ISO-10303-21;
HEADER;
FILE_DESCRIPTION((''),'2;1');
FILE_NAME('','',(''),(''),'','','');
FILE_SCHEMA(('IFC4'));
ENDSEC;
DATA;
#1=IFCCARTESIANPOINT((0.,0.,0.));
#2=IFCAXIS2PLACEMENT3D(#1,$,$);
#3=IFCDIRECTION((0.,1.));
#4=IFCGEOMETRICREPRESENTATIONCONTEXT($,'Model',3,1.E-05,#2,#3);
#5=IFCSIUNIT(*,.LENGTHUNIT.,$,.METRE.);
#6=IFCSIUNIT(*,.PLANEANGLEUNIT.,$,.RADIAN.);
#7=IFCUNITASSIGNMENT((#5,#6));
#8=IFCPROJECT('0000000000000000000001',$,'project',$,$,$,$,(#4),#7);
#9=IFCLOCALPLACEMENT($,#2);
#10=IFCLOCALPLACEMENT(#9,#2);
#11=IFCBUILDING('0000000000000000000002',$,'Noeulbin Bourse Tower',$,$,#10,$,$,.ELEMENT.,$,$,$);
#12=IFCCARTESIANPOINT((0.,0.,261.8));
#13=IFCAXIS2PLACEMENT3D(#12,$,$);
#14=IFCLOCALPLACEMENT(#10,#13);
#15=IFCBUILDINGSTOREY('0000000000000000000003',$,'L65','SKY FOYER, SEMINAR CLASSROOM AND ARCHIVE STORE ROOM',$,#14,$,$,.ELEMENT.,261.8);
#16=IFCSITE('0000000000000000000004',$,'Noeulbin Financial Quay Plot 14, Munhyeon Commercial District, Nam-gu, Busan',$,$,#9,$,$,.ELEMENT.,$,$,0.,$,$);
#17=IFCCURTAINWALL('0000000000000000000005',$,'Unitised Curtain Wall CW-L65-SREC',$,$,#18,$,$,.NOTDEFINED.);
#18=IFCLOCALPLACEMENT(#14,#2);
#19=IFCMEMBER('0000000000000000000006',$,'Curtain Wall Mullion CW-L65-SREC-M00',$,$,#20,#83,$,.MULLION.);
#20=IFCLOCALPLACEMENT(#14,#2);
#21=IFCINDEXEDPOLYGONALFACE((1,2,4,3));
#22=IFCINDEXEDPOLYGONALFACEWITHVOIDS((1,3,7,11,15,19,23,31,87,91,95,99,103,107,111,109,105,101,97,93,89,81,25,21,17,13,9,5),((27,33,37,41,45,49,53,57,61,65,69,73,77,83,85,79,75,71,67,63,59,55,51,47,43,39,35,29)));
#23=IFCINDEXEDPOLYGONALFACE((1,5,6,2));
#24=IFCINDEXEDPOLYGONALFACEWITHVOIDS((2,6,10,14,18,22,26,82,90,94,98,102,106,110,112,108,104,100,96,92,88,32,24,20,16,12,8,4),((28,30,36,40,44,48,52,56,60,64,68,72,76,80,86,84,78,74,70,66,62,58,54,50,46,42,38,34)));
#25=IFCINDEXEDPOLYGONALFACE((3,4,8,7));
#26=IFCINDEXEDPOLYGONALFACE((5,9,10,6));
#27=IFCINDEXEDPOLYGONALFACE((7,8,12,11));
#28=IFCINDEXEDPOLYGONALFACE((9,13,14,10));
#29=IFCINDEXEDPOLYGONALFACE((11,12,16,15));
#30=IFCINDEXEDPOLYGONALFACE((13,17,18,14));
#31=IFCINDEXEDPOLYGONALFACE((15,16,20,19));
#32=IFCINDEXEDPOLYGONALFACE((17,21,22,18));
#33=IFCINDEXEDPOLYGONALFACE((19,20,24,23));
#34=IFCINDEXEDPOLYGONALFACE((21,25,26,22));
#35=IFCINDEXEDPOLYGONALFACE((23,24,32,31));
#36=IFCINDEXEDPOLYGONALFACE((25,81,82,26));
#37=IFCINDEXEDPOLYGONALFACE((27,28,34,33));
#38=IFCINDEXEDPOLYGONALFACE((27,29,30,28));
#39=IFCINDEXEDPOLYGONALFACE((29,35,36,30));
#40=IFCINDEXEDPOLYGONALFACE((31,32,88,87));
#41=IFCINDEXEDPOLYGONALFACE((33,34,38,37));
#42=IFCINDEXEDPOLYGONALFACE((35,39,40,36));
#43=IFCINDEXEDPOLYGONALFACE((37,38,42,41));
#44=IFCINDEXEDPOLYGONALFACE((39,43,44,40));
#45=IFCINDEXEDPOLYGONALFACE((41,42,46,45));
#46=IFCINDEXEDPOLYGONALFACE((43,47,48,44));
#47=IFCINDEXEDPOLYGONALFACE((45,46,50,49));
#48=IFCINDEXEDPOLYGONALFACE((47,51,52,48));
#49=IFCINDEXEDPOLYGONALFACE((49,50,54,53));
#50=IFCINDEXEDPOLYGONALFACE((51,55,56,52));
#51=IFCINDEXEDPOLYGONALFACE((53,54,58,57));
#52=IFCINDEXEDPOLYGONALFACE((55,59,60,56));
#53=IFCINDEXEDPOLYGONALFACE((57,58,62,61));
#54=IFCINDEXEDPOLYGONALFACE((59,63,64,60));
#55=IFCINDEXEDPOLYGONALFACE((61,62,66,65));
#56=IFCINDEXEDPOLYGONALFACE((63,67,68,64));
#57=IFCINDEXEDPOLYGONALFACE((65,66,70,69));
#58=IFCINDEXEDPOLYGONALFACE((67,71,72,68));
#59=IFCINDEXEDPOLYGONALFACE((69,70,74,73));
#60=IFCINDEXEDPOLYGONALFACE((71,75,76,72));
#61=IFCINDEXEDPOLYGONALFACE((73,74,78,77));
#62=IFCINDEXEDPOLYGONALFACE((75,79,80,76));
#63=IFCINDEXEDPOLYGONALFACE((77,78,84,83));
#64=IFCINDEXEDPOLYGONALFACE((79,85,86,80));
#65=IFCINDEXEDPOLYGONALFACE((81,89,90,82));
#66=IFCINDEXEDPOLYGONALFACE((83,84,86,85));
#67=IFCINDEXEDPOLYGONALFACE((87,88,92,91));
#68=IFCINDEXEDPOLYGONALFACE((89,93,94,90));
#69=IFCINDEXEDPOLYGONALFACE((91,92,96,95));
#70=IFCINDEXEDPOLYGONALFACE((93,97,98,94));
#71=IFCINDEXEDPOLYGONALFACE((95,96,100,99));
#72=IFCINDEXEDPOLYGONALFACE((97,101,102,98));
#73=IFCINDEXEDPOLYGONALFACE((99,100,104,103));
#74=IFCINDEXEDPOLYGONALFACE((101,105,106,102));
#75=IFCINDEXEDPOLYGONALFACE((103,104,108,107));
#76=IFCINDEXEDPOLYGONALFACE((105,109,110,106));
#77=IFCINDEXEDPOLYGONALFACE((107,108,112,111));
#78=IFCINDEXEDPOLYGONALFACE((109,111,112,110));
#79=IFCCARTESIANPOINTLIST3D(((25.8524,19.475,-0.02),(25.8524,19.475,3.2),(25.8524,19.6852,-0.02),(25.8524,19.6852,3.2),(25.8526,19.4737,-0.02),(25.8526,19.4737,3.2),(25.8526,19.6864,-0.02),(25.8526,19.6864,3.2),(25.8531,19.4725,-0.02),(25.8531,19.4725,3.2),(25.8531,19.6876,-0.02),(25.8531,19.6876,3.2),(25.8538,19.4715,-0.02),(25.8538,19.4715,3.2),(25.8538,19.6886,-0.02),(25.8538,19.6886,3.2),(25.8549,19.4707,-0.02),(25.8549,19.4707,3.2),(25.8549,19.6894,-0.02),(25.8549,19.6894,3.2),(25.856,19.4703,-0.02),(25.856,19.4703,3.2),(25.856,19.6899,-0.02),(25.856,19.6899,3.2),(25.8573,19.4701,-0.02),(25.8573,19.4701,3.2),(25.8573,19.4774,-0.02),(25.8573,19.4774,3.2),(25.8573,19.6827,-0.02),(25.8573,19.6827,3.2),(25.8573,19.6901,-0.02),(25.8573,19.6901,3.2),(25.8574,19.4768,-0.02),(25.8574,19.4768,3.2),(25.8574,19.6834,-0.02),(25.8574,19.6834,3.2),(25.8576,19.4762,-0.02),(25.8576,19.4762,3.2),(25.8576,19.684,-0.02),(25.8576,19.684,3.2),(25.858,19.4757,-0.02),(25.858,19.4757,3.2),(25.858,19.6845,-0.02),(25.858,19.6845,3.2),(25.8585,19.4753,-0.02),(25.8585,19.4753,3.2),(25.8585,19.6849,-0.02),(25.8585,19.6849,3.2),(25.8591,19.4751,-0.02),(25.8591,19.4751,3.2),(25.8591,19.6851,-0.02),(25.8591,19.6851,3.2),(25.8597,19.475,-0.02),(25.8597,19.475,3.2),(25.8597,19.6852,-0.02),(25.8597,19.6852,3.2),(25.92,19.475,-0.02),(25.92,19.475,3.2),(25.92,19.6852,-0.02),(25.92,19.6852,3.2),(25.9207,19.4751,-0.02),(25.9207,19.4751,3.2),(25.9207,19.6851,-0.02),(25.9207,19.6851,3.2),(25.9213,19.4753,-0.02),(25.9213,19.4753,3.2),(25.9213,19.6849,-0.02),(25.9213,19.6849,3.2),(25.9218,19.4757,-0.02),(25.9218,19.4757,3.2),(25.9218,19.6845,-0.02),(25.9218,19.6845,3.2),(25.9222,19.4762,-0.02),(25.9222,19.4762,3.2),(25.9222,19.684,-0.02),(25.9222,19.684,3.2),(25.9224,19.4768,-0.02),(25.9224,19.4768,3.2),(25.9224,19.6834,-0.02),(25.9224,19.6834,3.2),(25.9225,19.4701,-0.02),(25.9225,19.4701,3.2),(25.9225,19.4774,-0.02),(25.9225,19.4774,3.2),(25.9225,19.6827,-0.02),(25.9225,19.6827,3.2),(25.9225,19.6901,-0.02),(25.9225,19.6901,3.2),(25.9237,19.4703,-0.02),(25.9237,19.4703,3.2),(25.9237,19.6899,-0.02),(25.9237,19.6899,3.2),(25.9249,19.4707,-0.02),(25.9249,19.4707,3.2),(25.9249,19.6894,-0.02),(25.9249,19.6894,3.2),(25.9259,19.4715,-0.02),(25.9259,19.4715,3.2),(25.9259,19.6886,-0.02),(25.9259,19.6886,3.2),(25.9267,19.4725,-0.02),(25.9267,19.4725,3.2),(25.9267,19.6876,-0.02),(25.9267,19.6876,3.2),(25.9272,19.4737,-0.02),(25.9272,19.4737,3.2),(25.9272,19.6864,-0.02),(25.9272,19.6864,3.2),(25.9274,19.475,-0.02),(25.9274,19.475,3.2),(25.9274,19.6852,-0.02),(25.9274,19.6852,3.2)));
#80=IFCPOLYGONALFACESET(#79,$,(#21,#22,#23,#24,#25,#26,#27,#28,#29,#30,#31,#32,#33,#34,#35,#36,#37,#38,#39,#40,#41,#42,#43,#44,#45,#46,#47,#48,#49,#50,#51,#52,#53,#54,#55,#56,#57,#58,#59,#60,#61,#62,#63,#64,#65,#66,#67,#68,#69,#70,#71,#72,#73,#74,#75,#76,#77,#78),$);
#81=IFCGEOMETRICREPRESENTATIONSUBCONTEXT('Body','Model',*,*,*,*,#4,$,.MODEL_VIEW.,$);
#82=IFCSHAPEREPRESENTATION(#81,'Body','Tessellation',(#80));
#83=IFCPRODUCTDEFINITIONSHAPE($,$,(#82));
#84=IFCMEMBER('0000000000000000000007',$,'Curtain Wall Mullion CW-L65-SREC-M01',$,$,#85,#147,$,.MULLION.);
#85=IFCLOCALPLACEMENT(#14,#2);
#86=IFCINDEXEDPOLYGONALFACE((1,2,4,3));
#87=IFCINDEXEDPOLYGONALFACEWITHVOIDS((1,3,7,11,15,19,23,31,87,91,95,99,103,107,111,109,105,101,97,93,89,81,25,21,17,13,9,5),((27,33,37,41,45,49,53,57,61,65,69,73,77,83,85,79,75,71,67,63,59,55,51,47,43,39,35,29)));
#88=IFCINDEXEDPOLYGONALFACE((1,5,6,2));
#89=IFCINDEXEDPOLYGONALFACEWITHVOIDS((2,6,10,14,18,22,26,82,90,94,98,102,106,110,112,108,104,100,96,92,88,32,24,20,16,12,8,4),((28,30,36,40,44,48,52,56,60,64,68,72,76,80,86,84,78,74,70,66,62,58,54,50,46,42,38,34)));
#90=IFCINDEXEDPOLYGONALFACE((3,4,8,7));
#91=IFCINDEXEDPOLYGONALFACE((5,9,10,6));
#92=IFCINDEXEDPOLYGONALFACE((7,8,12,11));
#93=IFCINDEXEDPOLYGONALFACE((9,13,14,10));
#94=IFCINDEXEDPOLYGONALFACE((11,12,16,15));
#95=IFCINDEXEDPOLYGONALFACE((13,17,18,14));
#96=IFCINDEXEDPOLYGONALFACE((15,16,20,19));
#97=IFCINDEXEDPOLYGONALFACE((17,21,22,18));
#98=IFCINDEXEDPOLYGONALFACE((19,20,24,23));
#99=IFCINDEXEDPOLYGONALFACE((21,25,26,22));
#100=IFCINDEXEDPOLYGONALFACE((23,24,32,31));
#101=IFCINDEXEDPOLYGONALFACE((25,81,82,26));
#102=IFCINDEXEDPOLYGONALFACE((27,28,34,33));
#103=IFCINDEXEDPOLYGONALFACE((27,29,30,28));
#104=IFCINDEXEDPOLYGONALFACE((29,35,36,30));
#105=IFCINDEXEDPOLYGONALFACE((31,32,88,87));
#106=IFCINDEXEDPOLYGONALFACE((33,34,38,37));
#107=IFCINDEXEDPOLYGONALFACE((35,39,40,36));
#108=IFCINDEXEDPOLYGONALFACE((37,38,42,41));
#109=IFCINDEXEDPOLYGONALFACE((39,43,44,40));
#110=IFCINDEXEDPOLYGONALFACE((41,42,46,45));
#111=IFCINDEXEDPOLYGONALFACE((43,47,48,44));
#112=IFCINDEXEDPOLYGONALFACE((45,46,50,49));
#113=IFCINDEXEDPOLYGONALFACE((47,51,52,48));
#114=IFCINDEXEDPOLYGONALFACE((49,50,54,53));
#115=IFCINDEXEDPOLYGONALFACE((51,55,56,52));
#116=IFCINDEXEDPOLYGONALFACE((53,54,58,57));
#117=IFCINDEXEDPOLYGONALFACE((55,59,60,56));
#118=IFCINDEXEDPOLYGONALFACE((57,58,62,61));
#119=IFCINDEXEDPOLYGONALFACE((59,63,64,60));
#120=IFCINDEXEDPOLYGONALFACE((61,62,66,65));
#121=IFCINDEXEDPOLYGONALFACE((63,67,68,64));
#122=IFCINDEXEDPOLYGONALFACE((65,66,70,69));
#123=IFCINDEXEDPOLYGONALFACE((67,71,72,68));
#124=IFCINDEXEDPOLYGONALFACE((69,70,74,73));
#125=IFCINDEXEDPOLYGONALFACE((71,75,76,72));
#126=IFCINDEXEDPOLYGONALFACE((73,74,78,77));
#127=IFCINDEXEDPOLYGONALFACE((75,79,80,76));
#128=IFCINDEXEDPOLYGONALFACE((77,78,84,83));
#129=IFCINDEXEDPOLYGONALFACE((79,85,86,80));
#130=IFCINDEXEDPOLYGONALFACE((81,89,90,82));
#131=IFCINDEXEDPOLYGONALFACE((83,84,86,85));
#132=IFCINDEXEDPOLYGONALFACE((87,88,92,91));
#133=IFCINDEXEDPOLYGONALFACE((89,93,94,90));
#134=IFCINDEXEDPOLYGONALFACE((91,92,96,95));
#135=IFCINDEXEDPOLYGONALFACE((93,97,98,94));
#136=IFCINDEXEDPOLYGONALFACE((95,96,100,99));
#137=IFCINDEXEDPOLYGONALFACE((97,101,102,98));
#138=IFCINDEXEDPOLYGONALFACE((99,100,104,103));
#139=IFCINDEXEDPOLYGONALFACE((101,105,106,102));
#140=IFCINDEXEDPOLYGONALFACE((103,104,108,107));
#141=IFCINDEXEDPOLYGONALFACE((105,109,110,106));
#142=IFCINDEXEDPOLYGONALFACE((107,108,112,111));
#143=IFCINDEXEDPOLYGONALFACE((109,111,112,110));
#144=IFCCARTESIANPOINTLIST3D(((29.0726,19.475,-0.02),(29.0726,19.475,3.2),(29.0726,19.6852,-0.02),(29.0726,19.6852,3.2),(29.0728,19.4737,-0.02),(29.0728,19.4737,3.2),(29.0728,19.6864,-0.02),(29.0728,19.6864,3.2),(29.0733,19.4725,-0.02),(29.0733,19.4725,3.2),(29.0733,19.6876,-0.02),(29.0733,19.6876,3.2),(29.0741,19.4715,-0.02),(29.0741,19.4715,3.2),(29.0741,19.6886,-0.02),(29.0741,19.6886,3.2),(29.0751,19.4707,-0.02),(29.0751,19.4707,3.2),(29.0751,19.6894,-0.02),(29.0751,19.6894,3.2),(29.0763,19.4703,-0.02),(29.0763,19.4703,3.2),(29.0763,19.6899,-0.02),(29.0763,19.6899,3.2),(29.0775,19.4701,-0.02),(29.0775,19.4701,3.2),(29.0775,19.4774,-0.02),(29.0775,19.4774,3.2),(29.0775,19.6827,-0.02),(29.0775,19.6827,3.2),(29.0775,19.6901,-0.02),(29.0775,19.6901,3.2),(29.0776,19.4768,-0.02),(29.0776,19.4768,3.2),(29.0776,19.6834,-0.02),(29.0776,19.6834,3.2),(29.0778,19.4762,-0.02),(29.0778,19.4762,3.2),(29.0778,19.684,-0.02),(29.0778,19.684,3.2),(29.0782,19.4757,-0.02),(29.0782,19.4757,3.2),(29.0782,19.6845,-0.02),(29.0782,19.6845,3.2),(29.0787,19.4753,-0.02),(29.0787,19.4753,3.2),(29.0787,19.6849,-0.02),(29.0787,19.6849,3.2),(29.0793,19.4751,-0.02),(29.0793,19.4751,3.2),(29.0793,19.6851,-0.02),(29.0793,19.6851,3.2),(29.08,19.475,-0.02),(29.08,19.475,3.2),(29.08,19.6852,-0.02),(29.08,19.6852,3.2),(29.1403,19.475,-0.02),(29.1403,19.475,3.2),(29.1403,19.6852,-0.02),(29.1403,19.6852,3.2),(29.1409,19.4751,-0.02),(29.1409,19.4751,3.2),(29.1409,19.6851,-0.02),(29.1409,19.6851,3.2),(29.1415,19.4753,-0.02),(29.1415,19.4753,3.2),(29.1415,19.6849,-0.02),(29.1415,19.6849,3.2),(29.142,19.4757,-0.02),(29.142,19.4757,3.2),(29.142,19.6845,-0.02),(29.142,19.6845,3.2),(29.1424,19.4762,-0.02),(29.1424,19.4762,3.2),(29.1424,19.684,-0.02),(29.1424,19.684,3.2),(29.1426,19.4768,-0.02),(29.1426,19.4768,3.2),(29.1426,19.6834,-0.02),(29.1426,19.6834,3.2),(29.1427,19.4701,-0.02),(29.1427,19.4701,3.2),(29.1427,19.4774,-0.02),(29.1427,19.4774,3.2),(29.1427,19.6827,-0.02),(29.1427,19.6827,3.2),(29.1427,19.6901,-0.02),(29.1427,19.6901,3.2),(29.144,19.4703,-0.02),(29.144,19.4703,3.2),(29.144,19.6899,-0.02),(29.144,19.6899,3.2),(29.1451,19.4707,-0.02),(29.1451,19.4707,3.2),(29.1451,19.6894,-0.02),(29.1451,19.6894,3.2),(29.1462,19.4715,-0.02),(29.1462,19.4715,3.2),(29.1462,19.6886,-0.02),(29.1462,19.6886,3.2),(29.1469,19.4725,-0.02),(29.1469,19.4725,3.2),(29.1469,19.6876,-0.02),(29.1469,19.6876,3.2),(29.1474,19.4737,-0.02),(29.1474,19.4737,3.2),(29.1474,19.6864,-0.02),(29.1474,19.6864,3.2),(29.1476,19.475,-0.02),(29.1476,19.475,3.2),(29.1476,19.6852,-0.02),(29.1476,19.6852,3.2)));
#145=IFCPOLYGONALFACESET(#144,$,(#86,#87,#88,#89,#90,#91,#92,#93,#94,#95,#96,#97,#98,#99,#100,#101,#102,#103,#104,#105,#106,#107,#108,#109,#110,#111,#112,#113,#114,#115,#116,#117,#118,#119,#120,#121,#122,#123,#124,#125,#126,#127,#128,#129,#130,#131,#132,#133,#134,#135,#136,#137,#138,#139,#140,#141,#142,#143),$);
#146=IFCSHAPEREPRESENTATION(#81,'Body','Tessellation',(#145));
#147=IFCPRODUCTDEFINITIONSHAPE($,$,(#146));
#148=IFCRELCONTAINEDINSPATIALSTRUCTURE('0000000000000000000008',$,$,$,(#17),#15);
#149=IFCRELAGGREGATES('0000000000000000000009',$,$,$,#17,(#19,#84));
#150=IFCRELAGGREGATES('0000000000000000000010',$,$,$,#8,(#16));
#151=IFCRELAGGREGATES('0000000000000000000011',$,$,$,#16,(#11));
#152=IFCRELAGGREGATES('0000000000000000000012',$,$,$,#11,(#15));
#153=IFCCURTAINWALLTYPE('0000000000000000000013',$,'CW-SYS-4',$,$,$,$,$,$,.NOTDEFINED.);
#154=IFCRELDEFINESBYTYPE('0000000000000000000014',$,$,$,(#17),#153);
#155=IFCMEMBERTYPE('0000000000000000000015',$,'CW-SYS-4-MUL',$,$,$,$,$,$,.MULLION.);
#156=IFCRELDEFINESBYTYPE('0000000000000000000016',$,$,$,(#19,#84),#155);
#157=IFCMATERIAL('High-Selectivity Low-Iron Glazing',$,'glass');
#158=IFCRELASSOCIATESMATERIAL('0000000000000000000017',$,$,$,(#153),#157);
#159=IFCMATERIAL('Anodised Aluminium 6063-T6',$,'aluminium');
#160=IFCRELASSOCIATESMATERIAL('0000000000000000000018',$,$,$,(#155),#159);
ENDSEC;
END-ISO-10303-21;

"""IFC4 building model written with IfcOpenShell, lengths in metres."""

from ifc_helpers import new_model, si_unit, direction, frame, origin, origin_2d, place, context, subcontext, project, spatial, hollow_rectangle, extrude, material, material_profile, profile_set, type_object, element, aggregate, save


model = new_model("IFC4")

# Units and contexts
model_context = context("Model", 3, precision=1e-05, world=origin(), true_north=direction((0.0, 1.0)))
body_context = subcontext(model_context, "Body", "Model", "MODEL_VIEW")
ifc_project = project(units=[si_unit("LENGTHUNIT", "METRE"), si_unit("PLANEANGLEUNIT", "RADIAN")], contexts=[model_context])

# Site, building, storey
site_placement = place(None, origin())
site = spatial("IfcSite", under=ifc_project, at=site_placement, Name="Noeulbin Financial Quay Plot 14, Munhyeon Commercial District, Nam-gu, Busan", CompositionType="ELEMENT", RefElevation=0.0)
building_placement = place(site_placement, origin())
building = spatial("IfcBuilding", under=site, at=building_placement, Name="Noeulbin Bourse Tower", CompositionType="ELEMENT")
storey_placement = place(building_placement, frame((0.0, 0.0, 261.8)))
storey = spatial("IfcBuildingStorey", under=building, at=storey_placement, Name="L65", Description="SKY FOYER, SEMINAR CLASSROOM AND ARCHIVE STORE ROOM", CompositionType="ELEMENT", Elevation=261.8)

# Curtain wall, members
ifc_material_1 = material(Name="High-Selectivity Low-Iron Glazing", Category="glass")
curtain_wall_type = type_object("IfcCurtainWallType", Name="CW-SYS-4", PredefinedType="NOTDEFINED", material=ifc_material_1)
curtain_wall_1_placement = place(storey_placement, origin())
curtain_wall_1 = element("IfcCurtainWall", 1, at=curtain_wall_1_placement, inside=storey, type_object=curtain_wall_type, Name="Unitised Curtain Wall CW-L65-SREC", PredefinedType="NOTDEFINED")
ifc_material_2 = material(Name="Anodised Aluminium 6063-T6", Category="aluminium")
ifc_material_profile_1 = material_profile(ifc_material_2, hollow_rectangle(XDim=0.075, YDim=0.22, WallThickness=0.0049, InnerFilletRadius=0.0024, OuterFilletRadius=0.0049, at=origin_2d()), Name="ALU-MULL-75x220x5", Category="LoadBearing")
ifc_profile_set_1 = profile_set([ifc_material_profile_1], Name="Anodised Aluminium 6063-T6")
member_type_1 = type_object("IfcMemberType", Name="CW-SYS-4-MUL", PredefinedType="MULLION", material=ifc_profile_set_1)
member_1_placement = place(storey_placement, frame((25.8899, 19.5801, -0.02), z_axis=(0.0, 0.0, 1.0), x_axis=(1.0, 0.0, 0.0)))
member_1 = element("IfcMember", 2, at=member_1_placement, type_object=member_type_1, Name="Curtain Wall Mullion CW-L65-SREC-M00", PredefinedType="MULLION", context=body_context, shape_type="SweptSolid", body=[
    extrude(hollow_rectangle(XDim=0.075, YDim=0.22, WallThickness=0.0049, InnerFilletRadius=0.0024, OuterFilletRadius=0.0049, at=origin_2d()), origin(), (0.0, 0.0, 1.0), 3.22),
])
member_2_placement = place(storey_placement, frame((29.1101, 19.5801, -0.02), z_axis=(0.0, 0.0, 1.0), x_axis=(1.0, 0.0, 0.0)))
member_2 = element("IfcMember", 3, at=member_2_placement, type_object=member_type_1, Name="Curtain Wall Mullion CW-L65-SREC-M01", PredefinedType="MULLION", context=body_context, shape_type="SweptSolid", body=[
    extrude(hollow_rectangle(XDim=0.075, YDim=0.22, WallThickness=0.0049, InnerFilletRadius=0.0024, OuterFilletRadius=0.0049, at=origin_2d()), origin(), (0.0, 0.0, 1.0), 3.22),
])

aggregate(curtain_wall_1, [member_1, member_2])

save(model, "model.ifc")
